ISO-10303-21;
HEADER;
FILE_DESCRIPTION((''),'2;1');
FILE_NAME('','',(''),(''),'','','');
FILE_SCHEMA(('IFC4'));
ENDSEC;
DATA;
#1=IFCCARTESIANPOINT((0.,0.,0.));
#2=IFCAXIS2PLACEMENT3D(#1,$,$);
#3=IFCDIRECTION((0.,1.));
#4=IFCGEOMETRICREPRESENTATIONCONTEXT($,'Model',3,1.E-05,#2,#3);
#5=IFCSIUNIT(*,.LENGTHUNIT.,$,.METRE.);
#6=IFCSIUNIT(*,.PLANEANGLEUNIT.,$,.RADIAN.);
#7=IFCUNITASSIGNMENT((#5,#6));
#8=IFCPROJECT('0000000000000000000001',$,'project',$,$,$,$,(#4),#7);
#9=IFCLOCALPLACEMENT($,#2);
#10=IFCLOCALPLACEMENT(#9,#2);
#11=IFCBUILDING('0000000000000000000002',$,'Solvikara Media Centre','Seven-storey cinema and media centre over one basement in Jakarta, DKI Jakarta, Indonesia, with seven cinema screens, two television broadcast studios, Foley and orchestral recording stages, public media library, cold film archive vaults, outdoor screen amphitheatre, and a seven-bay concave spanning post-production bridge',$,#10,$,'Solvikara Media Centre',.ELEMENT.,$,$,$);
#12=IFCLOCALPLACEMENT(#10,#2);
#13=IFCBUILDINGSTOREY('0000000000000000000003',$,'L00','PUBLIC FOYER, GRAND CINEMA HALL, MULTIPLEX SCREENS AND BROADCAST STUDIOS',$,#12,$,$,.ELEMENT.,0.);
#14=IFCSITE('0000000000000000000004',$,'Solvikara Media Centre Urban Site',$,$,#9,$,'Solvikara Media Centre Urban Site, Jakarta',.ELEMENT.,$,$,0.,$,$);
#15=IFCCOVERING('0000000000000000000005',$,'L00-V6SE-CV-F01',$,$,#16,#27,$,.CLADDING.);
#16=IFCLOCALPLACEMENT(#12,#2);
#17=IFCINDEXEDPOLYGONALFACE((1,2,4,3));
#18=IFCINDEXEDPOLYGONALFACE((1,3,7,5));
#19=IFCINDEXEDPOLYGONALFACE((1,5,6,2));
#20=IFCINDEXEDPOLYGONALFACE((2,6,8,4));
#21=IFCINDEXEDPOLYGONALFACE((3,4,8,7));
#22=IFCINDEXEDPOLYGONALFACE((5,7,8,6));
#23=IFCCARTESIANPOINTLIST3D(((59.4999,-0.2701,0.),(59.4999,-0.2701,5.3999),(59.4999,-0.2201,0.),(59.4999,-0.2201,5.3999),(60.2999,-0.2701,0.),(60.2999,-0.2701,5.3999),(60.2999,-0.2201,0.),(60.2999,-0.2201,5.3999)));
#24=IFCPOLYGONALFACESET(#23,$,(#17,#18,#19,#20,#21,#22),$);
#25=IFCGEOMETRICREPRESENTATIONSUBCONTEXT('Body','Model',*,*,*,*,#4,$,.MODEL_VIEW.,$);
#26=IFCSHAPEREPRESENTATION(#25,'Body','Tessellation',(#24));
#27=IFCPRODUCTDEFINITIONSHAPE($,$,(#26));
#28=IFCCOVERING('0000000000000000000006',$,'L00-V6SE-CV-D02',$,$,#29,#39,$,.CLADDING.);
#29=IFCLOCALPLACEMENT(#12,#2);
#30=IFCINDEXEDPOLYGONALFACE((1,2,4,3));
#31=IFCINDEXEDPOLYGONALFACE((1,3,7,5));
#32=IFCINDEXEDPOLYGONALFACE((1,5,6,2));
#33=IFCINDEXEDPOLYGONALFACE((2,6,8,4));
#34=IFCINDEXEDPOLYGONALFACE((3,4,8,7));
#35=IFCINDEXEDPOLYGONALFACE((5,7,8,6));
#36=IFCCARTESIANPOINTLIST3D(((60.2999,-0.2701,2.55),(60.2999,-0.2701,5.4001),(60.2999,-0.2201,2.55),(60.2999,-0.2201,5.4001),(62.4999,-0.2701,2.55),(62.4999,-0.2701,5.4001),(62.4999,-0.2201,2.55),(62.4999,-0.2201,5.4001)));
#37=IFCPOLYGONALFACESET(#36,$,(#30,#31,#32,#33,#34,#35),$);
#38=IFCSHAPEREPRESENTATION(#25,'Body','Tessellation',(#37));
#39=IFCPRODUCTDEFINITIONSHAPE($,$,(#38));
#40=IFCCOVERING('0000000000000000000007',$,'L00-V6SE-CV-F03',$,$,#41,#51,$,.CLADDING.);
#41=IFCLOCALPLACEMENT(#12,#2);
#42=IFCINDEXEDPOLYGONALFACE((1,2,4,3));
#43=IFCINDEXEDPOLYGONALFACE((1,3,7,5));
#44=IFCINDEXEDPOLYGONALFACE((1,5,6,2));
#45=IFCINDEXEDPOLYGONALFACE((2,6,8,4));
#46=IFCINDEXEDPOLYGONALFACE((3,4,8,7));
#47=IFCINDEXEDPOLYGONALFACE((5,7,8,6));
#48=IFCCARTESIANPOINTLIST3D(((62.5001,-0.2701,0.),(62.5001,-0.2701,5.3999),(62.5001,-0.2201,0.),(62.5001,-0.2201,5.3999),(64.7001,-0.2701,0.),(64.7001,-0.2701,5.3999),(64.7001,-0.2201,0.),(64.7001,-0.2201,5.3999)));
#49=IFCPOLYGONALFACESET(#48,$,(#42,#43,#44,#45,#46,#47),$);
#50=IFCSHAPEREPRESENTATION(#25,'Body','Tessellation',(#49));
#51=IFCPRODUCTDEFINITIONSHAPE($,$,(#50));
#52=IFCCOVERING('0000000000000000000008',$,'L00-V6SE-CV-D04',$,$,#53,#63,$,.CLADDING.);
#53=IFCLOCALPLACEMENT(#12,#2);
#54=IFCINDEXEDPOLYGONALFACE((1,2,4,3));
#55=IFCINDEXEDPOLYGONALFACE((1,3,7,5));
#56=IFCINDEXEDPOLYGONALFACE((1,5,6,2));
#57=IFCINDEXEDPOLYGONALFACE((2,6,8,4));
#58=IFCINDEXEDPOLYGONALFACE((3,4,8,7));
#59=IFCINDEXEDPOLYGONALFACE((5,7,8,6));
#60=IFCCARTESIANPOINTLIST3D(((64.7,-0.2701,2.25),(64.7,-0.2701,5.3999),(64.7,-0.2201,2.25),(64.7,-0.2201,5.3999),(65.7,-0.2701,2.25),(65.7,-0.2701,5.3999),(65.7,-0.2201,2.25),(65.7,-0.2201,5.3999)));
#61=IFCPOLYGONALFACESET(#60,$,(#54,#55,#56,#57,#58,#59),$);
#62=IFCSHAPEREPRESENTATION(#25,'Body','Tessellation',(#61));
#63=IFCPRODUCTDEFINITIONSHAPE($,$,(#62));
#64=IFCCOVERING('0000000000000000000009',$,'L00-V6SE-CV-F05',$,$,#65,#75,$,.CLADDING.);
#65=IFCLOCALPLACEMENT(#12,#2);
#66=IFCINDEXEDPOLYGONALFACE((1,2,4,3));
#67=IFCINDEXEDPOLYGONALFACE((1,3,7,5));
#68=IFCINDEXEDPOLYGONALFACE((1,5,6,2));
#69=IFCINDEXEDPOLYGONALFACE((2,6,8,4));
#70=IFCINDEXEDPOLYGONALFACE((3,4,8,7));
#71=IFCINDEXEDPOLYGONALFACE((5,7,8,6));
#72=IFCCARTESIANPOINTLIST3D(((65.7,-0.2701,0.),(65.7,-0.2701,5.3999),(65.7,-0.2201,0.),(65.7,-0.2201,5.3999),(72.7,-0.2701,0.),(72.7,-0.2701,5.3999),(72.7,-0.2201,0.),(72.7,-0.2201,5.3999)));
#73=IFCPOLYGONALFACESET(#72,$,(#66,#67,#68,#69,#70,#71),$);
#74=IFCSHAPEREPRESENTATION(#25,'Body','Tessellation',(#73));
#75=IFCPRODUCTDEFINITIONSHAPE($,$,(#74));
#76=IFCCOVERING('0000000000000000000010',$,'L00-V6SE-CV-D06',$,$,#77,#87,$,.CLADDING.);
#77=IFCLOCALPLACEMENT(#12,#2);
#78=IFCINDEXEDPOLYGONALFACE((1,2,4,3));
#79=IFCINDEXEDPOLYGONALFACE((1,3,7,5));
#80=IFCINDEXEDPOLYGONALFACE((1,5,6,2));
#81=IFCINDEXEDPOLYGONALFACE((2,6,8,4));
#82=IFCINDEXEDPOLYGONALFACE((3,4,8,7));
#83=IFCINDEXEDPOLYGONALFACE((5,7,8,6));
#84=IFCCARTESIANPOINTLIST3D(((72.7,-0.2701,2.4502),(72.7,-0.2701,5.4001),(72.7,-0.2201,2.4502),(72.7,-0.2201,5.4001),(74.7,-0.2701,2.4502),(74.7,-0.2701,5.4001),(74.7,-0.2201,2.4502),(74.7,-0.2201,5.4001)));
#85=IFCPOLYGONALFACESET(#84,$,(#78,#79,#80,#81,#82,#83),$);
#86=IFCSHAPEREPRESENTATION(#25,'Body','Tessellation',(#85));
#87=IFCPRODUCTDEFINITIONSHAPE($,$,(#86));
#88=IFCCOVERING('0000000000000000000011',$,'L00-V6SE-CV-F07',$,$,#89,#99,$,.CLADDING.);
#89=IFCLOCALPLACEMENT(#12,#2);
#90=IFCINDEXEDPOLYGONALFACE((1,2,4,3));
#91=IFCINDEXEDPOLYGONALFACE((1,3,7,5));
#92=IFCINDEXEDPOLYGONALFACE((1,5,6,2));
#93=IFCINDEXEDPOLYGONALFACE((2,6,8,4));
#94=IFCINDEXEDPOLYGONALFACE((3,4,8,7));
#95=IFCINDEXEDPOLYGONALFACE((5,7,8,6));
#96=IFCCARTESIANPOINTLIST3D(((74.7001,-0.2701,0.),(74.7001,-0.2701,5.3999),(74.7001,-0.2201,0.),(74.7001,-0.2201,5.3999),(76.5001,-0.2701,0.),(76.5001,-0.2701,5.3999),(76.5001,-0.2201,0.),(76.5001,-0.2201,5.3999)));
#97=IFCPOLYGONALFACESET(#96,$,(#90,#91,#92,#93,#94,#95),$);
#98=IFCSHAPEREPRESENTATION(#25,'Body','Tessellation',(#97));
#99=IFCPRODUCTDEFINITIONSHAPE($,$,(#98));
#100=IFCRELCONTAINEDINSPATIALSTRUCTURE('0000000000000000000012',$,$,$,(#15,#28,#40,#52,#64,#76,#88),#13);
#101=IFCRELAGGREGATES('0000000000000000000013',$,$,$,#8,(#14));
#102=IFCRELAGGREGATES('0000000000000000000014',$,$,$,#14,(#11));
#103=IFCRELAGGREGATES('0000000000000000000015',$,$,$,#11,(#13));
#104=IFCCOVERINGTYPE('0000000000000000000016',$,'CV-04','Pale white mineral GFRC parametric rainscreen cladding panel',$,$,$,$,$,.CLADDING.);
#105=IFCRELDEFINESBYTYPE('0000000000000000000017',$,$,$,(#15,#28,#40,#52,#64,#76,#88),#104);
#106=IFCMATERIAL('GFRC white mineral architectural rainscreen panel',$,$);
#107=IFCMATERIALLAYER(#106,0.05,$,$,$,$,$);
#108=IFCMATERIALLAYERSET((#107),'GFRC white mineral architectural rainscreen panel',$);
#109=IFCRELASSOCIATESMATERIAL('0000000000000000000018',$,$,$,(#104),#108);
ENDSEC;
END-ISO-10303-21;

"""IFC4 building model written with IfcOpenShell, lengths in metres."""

from ifc_helpers import new_model, si_unit, direction, frame, origin, origin_2d, place, context, subcontext, project, spatial, rectangle, extrude, material, layer, layer_set, type_object, element, save


model = new_model("IFC4")

# Units and contexts
model_context = context("Model", 3, precision=1e-05, world=origin(), true_north=direction((0.0, 1.0)))
body_context = subcontext(model_context, "Body", "Model", "MODEL_VIEW")
ifc_project = project(units=[si_unit("LENGTHUNIT", "METRE"), si_unit("PLANEANGLEUNIT", "RADIAN")], contexts=[model_context])

# Site, building, storey
site_placement = place(None, origin())
site = spatial("IfcSite", under=ifc_project, at=site_placement, Name="Solvikara Media Centre Urban Site", LongName="Solvikara Media Centre Urban Site, Jakarta", CompositionType="ELEMENT", RefElevation=0.0)
building_placement = place(site_placement, origin())
building = spatial("IfcBuilding", under=site, at=building_placement, Name="Solvikara Media Centre", Description="Seven-storey cinema and media centre over one basement in Jakarta, DKI Jakarta, Indonesia, with seven cinema screens, two television broadcast studios, Foley and orchestral recording stages, public media library, cold film archive vaults, outdoor screen amphitheatre, and a seven-bay concave spanning post-production bridge", LongName="Solvikara Media Centre", CompositionType="ELEMENT")
storey_placement = place(building_placement, origin())
storey = spatial("IfcBuildingStorey", under=building, at=storey_placement, Name="L00", Description="PUBLIC FOYER, GRAND CINEMA HALL, MULTIPLEX SCREENS AND BROADCAST STUDIOS", CompositionType="ELEMENT", Elevation=0.0)

# Coverings
ifc_material_1 = material(Name="GFRC white mineral architectural rainscreen panel")
ifc_layer_1 = layer(ifc_material_1, 0.05)
ifc_layer_set_1 = layer_set([ifc_layer_1], Name="GFRC white mineral architectural rainscreen panel")
covering_type = type_object("IfcCoveringType", Name="CV-04", Description="Pale white mineral GFRC parametric rainscreen cladding panel", PredefinedType="CLADDING", material=ifc_layer_set_1)
covering_1_placement = place(storey_placement, frame((59.8999, -0.2451, 0.0), z_axis=(0.0, 0.0, 1.0), x_axis=(1.0, 0.0, 0.0)))
element("IfcCovering", 1, at=covering_1_placement, inside=storey, type_object=covering_type, Name="L00-V6SE-CV-F01", PredefinedType="CLADDING", context=body_context, shape_type="SweptSolid", body=[
    extrude(rectangle(XDim=0.8, YDim=0.05, at=origin_2d()), origin(), (0.0, 0.0, 1.0), 5.3999),
])
covering_2_placement = place(storey_placement, frame((61.3999, -0.2451, 2.55), z_axis=(0.0, 0.0, 1.0), x_axis=(1.0, 0.0, 0.0)))
element("IfcCovering", 2, at=covering_2_placement, inside=storey, type_object=covering_type, Name="L00-V6SE-CV-D02", PredefinedType="CLADDING", context=body_context, shape_type="SweptSolid", body=[
    extrude(rectangle(XDim=2.2, YDim=0.05, at=origin_2d()), origin(), (0.0, 0.0, 1.0), 2.8501),
])
covering_3_placement = place(storey_placement, frame((63.6001, -0.2451, 0.0), z_axis=(0.0, 0.0, 1.0), x_axis=(1.0, 0.0, 0.0)))
element("IfcCovering", 3, at=covering_3_placement, inside=storey, type_object=covering_type, Name="L00-V6SE-CV-F03", PredefinedType="CLADDING", context=body_context, shape_type="SweptSolid", body=[
    extrude(rectangle(XDim=2.2, YDim=0.05, at=origin_2d()), origin(), (0.0, 0.0, 1.0), 5.3999),
])
covering_4_placement = place(storey_placement, frame((65.2, -0.2451, 2.25), z_axis=(0.0, 0.0, 1.0), x_axis=(1.0, 0.0, 0.0)))
element("IfcCovering", 4, at=covering_4_placement, inside=storey, type_object=covering_type, Name="L00-V6SE-CV-D04", PredefinedType="CLADDING", context=body_context, shape_type="SweptSolid", body=[
    extrude(rectangle(XDim=1.0, YDim=0.05, at=origin_2d()), origin(), (0.0, 0.0, 1.0), 3.1499),
])
covering_5_placement = place(storey_placement, frame((69.2, -0.2451, 0.0), z_axis=(0.0, 0.0, 1.0), x_axis=(1.0, 0.0, 0.0)))
element("IfcCovering", 5, at=covering_5_placement, inside=storey, type_object=covering_type, Name="L00-V6SE-CV-F05", PredefinedType="CLADDING", context=body_context, shape_type="SweptSolid", body=[
    extrude(rectangle(XDim=7.0, YDim=0.05, at=origin_2d()), origin(), (0.0, 0.0, 1.0), 5.3999),
])
covering_6_placement = place(storey_placement, frame((73.7, -0.2451, 2.4502), z_axis=(0.0, 0.0, 1.0), x_axis=(1.0, 0.0, 0.0)))
element("IfcCovering", 6, at=covering_6_placement, inside=storey, type_object=covering_type, Name="L00-V6SE-CV-D06", PredefinedType="CLADDING", context=body_context, shape_type="SweptSolid", body=[
    extrude(rectangle(XDim=2.0, YDim=0.05, at=origin_2d()), origin(), (0.0, 0.0, 1.0), 2.95),
])
covering_7_placement = place(storey_placement, frame((75.6001, -0.2451, 0.0), z_axis=(0.0, 0.0, 1.0), x_axis=(1.0, 0.0, 0.0)))
element("IfcCovering", 7, at=covering_7_placement, inside=storey, type_object=covering_type, Name="L00-V6SE-CV-F07", PredefinedType="CLADDING", context=body_context, shape_type="SweptSolid", body=[
    extrude(rectangle(XDim=1.8, YDim=0.05, at=origin_2d()), origin(), (0.0, 0.0, 1.0), 5.3999),
])

save(model, "model.ifc")
